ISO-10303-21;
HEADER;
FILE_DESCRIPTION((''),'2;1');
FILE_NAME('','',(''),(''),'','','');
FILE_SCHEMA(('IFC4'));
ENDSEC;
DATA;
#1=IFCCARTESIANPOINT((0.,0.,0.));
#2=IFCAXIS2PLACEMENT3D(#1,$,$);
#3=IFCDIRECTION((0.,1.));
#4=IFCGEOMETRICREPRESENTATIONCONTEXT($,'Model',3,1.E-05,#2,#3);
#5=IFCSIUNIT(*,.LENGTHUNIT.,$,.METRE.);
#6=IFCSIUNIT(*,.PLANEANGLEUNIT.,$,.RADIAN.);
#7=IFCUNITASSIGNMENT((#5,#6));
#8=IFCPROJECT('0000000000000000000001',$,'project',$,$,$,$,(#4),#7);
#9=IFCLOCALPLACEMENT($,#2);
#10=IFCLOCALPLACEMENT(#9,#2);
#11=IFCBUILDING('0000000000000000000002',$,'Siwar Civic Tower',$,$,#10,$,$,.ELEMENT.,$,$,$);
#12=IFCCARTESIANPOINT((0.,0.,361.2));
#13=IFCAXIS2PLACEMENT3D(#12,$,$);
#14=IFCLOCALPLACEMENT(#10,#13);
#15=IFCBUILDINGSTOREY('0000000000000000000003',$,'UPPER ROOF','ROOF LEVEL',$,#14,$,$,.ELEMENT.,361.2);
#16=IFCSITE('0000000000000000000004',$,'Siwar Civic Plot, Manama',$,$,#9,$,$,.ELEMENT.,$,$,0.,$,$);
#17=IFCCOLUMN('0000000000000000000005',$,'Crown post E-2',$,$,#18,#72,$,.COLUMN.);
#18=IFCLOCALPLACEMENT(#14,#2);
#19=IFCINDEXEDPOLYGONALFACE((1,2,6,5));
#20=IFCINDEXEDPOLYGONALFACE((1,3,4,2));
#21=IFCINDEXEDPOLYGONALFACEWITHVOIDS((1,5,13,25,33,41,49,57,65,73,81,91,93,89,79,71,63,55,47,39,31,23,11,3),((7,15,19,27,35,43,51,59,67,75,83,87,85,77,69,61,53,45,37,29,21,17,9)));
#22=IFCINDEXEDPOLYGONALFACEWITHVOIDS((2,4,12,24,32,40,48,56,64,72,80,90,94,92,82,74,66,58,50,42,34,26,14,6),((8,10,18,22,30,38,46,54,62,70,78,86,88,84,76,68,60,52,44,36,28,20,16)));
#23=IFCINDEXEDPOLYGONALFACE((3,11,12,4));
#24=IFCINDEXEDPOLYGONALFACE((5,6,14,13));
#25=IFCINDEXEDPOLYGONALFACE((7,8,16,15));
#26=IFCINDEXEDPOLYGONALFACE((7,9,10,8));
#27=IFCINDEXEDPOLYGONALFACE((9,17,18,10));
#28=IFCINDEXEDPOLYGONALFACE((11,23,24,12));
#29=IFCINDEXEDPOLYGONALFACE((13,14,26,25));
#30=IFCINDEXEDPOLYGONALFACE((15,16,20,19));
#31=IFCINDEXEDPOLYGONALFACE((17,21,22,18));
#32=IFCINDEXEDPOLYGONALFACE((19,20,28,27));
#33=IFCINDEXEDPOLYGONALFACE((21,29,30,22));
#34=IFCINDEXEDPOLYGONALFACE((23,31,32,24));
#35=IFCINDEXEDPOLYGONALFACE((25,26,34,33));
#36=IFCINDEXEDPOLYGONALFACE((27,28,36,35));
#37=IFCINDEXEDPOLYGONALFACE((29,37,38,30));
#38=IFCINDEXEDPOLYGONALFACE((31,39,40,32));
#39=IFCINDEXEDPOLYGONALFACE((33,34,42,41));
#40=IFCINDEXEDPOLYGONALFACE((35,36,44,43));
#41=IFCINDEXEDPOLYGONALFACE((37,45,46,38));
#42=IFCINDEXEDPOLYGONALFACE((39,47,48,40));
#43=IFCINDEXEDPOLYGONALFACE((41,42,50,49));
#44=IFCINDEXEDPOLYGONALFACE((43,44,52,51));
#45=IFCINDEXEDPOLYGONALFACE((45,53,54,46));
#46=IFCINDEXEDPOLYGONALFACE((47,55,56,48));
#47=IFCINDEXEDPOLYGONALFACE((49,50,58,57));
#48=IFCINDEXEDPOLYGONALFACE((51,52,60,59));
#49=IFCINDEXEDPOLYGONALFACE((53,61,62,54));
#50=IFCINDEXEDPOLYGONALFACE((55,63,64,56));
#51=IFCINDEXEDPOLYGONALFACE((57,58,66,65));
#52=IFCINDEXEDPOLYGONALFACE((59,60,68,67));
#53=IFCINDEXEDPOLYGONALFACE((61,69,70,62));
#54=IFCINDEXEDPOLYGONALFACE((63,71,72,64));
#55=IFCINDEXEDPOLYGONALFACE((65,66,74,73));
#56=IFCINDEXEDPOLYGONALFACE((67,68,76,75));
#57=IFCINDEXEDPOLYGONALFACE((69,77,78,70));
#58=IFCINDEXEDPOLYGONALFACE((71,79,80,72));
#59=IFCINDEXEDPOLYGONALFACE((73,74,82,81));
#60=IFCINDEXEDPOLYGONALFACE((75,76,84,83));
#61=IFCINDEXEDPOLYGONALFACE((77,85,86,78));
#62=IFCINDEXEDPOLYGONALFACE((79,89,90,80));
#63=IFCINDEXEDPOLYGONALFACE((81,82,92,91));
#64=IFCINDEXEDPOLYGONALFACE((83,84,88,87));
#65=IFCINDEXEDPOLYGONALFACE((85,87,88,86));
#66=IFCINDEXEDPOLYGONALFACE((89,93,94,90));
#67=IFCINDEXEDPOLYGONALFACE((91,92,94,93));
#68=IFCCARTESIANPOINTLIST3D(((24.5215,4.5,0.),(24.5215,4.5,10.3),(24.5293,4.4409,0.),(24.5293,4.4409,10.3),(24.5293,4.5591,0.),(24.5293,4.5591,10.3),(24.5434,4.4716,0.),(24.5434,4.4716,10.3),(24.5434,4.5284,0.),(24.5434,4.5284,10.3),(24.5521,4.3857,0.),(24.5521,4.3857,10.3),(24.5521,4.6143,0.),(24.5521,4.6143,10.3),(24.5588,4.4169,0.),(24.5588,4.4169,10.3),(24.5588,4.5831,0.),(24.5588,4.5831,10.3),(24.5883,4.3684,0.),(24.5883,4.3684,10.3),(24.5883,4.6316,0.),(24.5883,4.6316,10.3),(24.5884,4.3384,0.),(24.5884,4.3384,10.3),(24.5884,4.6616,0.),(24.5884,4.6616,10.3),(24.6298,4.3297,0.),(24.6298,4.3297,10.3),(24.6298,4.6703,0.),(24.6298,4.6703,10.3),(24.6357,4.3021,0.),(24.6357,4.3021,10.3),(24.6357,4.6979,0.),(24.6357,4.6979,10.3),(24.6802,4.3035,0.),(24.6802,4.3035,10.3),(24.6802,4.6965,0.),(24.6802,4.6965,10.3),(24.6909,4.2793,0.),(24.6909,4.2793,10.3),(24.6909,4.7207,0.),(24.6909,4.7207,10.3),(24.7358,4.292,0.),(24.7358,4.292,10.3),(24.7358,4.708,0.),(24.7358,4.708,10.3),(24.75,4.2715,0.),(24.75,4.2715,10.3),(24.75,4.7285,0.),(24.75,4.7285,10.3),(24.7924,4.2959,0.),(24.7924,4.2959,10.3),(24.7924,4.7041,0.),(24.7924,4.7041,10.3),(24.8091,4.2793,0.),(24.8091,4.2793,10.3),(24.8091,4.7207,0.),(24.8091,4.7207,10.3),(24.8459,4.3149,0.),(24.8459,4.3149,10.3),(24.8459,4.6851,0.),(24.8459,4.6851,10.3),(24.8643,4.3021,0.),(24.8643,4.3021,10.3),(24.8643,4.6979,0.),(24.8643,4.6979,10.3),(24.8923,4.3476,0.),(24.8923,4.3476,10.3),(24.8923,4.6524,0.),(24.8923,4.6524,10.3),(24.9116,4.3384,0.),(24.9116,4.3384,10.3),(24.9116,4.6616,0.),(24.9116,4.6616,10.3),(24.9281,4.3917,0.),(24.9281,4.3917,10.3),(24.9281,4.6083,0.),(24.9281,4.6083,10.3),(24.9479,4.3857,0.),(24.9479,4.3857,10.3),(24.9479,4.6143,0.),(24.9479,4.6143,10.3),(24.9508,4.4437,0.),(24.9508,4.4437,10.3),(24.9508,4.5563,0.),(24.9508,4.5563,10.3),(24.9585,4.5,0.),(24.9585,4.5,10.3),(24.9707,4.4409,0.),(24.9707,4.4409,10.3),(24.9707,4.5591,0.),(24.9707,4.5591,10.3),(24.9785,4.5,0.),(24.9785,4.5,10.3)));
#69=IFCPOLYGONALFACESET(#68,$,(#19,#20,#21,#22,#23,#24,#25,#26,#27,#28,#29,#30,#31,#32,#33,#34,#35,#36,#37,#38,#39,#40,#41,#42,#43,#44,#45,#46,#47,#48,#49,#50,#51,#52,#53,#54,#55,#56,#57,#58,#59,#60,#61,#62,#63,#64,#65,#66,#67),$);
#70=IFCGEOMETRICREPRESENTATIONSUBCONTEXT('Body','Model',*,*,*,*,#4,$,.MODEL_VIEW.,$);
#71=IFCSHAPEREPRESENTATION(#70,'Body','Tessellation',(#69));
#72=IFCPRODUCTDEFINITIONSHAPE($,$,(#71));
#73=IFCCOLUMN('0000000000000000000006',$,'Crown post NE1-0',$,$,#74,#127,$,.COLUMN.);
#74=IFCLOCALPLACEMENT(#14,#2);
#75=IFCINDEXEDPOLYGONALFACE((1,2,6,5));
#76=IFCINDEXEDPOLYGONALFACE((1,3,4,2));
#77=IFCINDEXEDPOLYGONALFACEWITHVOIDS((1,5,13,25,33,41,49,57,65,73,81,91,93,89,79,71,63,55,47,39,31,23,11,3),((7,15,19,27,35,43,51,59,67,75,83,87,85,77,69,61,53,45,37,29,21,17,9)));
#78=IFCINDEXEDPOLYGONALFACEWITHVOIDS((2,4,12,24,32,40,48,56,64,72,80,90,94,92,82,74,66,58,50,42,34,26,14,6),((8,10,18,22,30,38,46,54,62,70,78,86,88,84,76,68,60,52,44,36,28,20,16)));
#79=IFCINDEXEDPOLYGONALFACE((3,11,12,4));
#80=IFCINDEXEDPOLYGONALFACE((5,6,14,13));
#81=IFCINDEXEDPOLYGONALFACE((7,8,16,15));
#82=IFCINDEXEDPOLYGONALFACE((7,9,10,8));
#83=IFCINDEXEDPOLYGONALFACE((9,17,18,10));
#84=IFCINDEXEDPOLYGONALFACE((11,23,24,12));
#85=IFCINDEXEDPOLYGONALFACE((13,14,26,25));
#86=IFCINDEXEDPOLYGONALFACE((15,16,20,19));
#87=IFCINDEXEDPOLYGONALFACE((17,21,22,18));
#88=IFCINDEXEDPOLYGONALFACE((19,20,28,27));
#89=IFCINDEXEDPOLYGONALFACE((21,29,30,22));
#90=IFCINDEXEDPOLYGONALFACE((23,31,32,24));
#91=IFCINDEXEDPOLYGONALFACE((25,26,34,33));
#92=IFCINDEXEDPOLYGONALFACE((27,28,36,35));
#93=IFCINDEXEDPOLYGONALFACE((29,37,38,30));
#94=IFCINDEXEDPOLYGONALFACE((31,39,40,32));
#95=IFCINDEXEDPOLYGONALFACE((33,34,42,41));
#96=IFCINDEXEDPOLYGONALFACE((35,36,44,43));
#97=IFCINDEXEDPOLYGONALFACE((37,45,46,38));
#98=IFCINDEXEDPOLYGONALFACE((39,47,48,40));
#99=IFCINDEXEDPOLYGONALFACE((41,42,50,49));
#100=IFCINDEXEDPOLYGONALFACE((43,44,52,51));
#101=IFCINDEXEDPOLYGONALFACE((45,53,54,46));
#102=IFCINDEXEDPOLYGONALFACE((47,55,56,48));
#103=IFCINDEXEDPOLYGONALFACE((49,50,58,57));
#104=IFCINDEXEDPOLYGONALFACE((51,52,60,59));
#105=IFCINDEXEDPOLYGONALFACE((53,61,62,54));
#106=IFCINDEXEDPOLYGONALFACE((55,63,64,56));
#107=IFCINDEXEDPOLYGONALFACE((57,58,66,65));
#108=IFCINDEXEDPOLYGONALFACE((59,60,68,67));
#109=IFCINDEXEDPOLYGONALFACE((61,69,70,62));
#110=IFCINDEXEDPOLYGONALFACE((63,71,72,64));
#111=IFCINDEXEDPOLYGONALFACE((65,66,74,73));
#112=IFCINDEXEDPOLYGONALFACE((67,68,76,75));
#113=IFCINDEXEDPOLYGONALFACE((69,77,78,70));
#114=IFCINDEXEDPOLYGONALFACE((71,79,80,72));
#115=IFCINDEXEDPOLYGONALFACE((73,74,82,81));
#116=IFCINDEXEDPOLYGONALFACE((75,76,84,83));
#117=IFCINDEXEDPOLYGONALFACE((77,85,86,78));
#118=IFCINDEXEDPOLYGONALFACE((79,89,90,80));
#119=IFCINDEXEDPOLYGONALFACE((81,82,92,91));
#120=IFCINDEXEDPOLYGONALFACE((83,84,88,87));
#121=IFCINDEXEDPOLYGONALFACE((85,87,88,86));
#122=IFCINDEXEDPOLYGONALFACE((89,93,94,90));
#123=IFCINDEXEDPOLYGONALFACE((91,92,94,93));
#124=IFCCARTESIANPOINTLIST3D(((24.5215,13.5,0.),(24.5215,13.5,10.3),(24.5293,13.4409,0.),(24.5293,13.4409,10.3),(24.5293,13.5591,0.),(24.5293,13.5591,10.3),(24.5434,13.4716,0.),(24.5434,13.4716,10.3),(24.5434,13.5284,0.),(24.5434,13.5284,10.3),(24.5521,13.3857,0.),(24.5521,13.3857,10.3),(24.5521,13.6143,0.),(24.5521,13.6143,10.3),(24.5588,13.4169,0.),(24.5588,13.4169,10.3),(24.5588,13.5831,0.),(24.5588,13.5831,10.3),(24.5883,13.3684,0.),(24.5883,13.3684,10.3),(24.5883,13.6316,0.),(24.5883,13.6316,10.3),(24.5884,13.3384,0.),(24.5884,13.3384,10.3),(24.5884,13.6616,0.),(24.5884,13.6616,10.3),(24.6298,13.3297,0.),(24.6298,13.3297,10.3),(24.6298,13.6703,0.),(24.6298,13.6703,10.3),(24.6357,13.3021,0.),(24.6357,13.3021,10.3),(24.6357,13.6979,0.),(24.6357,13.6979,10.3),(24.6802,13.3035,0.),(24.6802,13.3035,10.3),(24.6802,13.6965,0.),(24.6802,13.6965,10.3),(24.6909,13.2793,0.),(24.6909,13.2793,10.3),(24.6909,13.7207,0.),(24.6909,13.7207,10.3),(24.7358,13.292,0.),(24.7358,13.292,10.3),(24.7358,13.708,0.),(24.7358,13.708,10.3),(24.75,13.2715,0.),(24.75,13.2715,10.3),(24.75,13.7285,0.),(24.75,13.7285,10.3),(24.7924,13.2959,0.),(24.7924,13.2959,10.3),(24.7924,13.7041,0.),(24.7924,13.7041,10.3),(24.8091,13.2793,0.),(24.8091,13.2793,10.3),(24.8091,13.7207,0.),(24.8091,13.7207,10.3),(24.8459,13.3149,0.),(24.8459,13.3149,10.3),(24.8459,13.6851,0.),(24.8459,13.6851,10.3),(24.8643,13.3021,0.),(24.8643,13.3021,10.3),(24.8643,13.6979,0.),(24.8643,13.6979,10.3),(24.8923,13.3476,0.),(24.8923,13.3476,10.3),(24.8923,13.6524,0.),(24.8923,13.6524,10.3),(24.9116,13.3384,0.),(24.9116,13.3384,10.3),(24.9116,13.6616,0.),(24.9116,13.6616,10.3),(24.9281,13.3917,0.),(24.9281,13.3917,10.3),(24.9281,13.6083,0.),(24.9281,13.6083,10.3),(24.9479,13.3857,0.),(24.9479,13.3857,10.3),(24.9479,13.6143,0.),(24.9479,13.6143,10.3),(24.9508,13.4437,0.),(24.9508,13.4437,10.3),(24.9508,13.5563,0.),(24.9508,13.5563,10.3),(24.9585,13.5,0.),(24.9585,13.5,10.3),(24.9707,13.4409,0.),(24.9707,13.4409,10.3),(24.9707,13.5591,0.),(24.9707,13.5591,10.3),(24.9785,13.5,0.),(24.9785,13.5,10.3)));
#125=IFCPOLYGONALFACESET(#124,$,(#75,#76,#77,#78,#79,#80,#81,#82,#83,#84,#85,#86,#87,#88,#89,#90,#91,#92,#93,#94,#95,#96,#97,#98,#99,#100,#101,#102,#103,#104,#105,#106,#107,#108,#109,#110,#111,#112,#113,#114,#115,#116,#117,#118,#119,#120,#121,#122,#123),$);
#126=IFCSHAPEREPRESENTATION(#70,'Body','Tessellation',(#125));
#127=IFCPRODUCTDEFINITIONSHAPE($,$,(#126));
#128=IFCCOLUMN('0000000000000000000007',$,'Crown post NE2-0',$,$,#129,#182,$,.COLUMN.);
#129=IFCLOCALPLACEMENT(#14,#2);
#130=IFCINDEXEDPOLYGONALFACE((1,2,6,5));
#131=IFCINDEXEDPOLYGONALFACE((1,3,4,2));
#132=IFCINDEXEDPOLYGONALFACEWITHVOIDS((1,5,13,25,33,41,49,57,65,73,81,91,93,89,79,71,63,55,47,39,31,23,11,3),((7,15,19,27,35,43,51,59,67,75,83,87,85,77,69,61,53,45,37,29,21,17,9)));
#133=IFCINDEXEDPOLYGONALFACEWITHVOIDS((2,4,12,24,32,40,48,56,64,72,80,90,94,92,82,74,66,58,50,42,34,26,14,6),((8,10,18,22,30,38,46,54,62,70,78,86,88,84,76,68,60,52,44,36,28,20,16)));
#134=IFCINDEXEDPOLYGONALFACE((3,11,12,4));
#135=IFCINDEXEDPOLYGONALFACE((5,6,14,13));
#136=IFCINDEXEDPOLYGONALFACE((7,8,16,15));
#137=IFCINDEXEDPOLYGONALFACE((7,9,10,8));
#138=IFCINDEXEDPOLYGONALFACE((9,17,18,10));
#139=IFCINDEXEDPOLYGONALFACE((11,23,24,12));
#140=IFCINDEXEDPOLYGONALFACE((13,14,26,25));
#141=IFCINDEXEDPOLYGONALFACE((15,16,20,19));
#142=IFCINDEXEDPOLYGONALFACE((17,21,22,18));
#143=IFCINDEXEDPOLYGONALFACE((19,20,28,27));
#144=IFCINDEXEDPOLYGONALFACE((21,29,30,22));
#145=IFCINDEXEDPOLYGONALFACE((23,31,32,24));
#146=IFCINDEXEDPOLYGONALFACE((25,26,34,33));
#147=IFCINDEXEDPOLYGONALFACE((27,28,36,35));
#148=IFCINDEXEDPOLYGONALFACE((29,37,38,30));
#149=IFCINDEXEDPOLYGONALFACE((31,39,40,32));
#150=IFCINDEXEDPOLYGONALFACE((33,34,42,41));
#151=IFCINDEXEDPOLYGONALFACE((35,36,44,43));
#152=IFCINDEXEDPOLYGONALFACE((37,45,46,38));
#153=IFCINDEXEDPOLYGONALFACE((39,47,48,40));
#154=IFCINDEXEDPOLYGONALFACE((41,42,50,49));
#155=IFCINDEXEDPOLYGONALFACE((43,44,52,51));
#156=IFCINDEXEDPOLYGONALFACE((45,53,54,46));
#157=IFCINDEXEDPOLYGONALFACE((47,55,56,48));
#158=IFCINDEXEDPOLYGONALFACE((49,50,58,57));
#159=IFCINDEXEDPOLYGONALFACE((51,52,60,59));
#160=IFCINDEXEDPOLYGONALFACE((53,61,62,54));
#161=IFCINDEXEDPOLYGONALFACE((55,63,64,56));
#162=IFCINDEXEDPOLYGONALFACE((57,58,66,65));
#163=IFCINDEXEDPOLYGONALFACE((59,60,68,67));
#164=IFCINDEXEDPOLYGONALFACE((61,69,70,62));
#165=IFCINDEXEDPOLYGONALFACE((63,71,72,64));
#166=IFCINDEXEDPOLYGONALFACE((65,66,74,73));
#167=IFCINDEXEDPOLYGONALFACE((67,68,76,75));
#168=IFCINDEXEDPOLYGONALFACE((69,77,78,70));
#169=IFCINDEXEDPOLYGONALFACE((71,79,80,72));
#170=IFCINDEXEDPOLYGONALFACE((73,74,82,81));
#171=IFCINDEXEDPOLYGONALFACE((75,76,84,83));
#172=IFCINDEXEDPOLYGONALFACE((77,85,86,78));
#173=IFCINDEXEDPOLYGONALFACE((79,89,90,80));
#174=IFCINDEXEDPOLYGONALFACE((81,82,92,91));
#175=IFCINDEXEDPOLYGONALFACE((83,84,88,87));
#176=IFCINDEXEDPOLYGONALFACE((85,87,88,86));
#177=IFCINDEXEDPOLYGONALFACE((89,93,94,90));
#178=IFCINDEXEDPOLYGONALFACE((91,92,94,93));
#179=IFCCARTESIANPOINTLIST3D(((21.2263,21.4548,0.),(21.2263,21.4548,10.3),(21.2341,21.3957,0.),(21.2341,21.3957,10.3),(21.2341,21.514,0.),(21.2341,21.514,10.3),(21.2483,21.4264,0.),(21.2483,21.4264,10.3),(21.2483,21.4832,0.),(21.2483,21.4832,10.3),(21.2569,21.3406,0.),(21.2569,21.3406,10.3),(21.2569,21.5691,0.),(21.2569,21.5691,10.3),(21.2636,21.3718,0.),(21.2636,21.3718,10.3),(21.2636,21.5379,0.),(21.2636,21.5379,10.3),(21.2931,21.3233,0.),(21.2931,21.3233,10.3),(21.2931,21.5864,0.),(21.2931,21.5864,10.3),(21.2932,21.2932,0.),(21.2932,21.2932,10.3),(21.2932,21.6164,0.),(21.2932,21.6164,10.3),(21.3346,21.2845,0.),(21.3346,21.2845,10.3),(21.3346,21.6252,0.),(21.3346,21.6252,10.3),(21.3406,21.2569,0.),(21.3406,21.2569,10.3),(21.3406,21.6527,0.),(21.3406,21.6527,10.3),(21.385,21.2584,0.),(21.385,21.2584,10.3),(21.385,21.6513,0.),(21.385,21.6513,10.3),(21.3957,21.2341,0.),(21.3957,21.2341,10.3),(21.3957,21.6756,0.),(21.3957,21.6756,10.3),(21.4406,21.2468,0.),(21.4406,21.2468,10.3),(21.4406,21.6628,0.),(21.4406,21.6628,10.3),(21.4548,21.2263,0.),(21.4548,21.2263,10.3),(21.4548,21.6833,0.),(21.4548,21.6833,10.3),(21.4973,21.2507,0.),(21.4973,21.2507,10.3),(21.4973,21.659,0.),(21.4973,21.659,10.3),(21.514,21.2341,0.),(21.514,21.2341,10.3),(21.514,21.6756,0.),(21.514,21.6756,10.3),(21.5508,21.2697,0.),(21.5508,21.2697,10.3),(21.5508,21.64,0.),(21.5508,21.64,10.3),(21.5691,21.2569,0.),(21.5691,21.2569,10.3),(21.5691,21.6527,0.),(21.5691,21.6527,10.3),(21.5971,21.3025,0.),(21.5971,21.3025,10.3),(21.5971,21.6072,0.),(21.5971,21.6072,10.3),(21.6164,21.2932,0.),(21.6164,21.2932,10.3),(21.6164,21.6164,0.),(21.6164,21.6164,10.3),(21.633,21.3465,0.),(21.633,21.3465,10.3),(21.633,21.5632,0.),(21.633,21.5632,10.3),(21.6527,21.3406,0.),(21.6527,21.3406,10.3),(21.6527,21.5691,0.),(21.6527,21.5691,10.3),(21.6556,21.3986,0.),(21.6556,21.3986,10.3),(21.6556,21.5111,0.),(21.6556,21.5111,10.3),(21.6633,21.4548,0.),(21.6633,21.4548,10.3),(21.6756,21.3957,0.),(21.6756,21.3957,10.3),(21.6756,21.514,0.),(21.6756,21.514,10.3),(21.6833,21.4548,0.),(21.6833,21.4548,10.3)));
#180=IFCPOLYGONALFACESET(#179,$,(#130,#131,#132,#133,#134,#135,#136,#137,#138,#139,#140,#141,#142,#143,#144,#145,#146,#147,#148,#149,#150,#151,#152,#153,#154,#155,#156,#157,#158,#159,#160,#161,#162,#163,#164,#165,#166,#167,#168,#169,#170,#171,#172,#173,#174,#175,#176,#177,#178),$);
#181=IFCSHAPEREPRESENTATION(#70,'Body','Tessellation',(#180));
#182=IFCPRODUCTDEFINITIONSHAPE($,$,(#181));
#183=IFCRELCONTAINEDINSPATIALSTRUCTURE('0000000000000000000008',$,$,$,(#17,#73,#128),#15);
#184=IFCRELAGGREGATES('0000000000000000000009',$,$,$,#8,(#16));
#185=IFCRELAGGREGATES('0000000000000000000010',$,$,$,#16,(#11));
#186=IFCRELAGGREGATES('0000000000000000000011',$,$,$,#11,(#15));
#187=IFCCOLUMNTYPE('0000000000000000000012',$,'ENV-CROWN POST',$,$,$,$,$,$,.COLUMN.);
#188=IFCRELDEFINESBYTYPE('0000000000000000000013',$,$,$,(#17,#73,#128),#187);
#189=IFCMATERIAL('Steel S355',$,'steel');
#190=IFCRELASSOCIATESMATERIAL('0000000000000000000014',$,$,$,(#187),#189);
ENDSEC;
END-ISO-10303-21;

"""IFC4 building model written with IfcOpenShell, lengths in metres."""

from ifc_helpers import new_model, si_unit, direction, frame, origin, origin_2d, place, context, subcontext, project, spatial, hollow_circle, extrude, material, material_profile, profile_set, type_object, element, save


model = new_model("IFC4")

# Units and contexts
model_context = context("Model", 3, precision=1e-05, world=origin(), true_north=direction((0.0, 1.0)))
body_context = subcontext(model_context, "Body", "Model", "MODEL_VIEW")
ifc_project = project(units=[si_unit("LENGTHUNIT", "METRE"), si_unit("PLANEANGLEUNIT", "RADIAN")], contexts=[model_context])

# Site, building, storey
site_placement = place(None, origin())
site = spatial("IfcSite", under=ifc_project, at=site_placement, Name="Siwar Civic Plot, Manama", CompositionType="ELEMENT", RefElevation=0.0)
building_placement = place(site_placement, origin())
building = spatial("IfcBuilding", under=site, at=building_placement, Name="Siwar Civic Tower", CompositionType="ELEMENT")
storey_placement = place(building_placement, frame((0.0, 0.0, 361.2)))
storey = spatial("IfcBuildingStorey", under=building, at=storey_placement, Name="UPPER ROOF", Description="ROOF LEVEL", CompositionType="ELEMENT", Elevation=361.2)

# Columns
ifc_material_1 = material(Name="Steel S355", Category="steel")
ifc_material_profile_1 = material_profile(ifc_material_1, hollow_circle(Radius=0.2285, WallThickness=0.02, at=origin_2d()), Name="CHS457x20")
ifc_profile_set_1 = profile_set([ifc_material_profile_1], Name="Steel S355")
column_type = type_object("IfcColumnType", Name="ENV-CROWN POST", PredefinedType="COLUMN", material=ifc_profile_set_1)
for number, where, z_axis, x_axis, name in (
    (1, (24.75, 4.5, 0.0), (0.0, 0.0, 1.0), (1.0, 0.0, 0.0), "Crown post E-2"),
    (2, (24.75, 13.5, 0.0), (0.0, 0.0, 1.0), (1.0, 0.0, 0.0), "Crown post NE1-0"),
    (3, (21.4548, 21.4548, 0.0), (0.0, 0.0, 1.0), (1.0, 0.0, 0.0), "Crown post NE2-0"),
):
    element("IfcColumn", number, at=place(storey_placement, frame(where, z_axis=z_axis, x_axis=x_axis)), inside=storey, type_object=column_type, Name=name, PredefinedType="COLUMN", context=body_context, shape_type="SweptSolid", body=[
        extrude(hollow_circle(Radius=0.2285, WallThickness=0.02, at=origin_2d()), origin(), (0.0, 0.0, 1.0), 10.3),
    ])

save(model, "model.ifc")
